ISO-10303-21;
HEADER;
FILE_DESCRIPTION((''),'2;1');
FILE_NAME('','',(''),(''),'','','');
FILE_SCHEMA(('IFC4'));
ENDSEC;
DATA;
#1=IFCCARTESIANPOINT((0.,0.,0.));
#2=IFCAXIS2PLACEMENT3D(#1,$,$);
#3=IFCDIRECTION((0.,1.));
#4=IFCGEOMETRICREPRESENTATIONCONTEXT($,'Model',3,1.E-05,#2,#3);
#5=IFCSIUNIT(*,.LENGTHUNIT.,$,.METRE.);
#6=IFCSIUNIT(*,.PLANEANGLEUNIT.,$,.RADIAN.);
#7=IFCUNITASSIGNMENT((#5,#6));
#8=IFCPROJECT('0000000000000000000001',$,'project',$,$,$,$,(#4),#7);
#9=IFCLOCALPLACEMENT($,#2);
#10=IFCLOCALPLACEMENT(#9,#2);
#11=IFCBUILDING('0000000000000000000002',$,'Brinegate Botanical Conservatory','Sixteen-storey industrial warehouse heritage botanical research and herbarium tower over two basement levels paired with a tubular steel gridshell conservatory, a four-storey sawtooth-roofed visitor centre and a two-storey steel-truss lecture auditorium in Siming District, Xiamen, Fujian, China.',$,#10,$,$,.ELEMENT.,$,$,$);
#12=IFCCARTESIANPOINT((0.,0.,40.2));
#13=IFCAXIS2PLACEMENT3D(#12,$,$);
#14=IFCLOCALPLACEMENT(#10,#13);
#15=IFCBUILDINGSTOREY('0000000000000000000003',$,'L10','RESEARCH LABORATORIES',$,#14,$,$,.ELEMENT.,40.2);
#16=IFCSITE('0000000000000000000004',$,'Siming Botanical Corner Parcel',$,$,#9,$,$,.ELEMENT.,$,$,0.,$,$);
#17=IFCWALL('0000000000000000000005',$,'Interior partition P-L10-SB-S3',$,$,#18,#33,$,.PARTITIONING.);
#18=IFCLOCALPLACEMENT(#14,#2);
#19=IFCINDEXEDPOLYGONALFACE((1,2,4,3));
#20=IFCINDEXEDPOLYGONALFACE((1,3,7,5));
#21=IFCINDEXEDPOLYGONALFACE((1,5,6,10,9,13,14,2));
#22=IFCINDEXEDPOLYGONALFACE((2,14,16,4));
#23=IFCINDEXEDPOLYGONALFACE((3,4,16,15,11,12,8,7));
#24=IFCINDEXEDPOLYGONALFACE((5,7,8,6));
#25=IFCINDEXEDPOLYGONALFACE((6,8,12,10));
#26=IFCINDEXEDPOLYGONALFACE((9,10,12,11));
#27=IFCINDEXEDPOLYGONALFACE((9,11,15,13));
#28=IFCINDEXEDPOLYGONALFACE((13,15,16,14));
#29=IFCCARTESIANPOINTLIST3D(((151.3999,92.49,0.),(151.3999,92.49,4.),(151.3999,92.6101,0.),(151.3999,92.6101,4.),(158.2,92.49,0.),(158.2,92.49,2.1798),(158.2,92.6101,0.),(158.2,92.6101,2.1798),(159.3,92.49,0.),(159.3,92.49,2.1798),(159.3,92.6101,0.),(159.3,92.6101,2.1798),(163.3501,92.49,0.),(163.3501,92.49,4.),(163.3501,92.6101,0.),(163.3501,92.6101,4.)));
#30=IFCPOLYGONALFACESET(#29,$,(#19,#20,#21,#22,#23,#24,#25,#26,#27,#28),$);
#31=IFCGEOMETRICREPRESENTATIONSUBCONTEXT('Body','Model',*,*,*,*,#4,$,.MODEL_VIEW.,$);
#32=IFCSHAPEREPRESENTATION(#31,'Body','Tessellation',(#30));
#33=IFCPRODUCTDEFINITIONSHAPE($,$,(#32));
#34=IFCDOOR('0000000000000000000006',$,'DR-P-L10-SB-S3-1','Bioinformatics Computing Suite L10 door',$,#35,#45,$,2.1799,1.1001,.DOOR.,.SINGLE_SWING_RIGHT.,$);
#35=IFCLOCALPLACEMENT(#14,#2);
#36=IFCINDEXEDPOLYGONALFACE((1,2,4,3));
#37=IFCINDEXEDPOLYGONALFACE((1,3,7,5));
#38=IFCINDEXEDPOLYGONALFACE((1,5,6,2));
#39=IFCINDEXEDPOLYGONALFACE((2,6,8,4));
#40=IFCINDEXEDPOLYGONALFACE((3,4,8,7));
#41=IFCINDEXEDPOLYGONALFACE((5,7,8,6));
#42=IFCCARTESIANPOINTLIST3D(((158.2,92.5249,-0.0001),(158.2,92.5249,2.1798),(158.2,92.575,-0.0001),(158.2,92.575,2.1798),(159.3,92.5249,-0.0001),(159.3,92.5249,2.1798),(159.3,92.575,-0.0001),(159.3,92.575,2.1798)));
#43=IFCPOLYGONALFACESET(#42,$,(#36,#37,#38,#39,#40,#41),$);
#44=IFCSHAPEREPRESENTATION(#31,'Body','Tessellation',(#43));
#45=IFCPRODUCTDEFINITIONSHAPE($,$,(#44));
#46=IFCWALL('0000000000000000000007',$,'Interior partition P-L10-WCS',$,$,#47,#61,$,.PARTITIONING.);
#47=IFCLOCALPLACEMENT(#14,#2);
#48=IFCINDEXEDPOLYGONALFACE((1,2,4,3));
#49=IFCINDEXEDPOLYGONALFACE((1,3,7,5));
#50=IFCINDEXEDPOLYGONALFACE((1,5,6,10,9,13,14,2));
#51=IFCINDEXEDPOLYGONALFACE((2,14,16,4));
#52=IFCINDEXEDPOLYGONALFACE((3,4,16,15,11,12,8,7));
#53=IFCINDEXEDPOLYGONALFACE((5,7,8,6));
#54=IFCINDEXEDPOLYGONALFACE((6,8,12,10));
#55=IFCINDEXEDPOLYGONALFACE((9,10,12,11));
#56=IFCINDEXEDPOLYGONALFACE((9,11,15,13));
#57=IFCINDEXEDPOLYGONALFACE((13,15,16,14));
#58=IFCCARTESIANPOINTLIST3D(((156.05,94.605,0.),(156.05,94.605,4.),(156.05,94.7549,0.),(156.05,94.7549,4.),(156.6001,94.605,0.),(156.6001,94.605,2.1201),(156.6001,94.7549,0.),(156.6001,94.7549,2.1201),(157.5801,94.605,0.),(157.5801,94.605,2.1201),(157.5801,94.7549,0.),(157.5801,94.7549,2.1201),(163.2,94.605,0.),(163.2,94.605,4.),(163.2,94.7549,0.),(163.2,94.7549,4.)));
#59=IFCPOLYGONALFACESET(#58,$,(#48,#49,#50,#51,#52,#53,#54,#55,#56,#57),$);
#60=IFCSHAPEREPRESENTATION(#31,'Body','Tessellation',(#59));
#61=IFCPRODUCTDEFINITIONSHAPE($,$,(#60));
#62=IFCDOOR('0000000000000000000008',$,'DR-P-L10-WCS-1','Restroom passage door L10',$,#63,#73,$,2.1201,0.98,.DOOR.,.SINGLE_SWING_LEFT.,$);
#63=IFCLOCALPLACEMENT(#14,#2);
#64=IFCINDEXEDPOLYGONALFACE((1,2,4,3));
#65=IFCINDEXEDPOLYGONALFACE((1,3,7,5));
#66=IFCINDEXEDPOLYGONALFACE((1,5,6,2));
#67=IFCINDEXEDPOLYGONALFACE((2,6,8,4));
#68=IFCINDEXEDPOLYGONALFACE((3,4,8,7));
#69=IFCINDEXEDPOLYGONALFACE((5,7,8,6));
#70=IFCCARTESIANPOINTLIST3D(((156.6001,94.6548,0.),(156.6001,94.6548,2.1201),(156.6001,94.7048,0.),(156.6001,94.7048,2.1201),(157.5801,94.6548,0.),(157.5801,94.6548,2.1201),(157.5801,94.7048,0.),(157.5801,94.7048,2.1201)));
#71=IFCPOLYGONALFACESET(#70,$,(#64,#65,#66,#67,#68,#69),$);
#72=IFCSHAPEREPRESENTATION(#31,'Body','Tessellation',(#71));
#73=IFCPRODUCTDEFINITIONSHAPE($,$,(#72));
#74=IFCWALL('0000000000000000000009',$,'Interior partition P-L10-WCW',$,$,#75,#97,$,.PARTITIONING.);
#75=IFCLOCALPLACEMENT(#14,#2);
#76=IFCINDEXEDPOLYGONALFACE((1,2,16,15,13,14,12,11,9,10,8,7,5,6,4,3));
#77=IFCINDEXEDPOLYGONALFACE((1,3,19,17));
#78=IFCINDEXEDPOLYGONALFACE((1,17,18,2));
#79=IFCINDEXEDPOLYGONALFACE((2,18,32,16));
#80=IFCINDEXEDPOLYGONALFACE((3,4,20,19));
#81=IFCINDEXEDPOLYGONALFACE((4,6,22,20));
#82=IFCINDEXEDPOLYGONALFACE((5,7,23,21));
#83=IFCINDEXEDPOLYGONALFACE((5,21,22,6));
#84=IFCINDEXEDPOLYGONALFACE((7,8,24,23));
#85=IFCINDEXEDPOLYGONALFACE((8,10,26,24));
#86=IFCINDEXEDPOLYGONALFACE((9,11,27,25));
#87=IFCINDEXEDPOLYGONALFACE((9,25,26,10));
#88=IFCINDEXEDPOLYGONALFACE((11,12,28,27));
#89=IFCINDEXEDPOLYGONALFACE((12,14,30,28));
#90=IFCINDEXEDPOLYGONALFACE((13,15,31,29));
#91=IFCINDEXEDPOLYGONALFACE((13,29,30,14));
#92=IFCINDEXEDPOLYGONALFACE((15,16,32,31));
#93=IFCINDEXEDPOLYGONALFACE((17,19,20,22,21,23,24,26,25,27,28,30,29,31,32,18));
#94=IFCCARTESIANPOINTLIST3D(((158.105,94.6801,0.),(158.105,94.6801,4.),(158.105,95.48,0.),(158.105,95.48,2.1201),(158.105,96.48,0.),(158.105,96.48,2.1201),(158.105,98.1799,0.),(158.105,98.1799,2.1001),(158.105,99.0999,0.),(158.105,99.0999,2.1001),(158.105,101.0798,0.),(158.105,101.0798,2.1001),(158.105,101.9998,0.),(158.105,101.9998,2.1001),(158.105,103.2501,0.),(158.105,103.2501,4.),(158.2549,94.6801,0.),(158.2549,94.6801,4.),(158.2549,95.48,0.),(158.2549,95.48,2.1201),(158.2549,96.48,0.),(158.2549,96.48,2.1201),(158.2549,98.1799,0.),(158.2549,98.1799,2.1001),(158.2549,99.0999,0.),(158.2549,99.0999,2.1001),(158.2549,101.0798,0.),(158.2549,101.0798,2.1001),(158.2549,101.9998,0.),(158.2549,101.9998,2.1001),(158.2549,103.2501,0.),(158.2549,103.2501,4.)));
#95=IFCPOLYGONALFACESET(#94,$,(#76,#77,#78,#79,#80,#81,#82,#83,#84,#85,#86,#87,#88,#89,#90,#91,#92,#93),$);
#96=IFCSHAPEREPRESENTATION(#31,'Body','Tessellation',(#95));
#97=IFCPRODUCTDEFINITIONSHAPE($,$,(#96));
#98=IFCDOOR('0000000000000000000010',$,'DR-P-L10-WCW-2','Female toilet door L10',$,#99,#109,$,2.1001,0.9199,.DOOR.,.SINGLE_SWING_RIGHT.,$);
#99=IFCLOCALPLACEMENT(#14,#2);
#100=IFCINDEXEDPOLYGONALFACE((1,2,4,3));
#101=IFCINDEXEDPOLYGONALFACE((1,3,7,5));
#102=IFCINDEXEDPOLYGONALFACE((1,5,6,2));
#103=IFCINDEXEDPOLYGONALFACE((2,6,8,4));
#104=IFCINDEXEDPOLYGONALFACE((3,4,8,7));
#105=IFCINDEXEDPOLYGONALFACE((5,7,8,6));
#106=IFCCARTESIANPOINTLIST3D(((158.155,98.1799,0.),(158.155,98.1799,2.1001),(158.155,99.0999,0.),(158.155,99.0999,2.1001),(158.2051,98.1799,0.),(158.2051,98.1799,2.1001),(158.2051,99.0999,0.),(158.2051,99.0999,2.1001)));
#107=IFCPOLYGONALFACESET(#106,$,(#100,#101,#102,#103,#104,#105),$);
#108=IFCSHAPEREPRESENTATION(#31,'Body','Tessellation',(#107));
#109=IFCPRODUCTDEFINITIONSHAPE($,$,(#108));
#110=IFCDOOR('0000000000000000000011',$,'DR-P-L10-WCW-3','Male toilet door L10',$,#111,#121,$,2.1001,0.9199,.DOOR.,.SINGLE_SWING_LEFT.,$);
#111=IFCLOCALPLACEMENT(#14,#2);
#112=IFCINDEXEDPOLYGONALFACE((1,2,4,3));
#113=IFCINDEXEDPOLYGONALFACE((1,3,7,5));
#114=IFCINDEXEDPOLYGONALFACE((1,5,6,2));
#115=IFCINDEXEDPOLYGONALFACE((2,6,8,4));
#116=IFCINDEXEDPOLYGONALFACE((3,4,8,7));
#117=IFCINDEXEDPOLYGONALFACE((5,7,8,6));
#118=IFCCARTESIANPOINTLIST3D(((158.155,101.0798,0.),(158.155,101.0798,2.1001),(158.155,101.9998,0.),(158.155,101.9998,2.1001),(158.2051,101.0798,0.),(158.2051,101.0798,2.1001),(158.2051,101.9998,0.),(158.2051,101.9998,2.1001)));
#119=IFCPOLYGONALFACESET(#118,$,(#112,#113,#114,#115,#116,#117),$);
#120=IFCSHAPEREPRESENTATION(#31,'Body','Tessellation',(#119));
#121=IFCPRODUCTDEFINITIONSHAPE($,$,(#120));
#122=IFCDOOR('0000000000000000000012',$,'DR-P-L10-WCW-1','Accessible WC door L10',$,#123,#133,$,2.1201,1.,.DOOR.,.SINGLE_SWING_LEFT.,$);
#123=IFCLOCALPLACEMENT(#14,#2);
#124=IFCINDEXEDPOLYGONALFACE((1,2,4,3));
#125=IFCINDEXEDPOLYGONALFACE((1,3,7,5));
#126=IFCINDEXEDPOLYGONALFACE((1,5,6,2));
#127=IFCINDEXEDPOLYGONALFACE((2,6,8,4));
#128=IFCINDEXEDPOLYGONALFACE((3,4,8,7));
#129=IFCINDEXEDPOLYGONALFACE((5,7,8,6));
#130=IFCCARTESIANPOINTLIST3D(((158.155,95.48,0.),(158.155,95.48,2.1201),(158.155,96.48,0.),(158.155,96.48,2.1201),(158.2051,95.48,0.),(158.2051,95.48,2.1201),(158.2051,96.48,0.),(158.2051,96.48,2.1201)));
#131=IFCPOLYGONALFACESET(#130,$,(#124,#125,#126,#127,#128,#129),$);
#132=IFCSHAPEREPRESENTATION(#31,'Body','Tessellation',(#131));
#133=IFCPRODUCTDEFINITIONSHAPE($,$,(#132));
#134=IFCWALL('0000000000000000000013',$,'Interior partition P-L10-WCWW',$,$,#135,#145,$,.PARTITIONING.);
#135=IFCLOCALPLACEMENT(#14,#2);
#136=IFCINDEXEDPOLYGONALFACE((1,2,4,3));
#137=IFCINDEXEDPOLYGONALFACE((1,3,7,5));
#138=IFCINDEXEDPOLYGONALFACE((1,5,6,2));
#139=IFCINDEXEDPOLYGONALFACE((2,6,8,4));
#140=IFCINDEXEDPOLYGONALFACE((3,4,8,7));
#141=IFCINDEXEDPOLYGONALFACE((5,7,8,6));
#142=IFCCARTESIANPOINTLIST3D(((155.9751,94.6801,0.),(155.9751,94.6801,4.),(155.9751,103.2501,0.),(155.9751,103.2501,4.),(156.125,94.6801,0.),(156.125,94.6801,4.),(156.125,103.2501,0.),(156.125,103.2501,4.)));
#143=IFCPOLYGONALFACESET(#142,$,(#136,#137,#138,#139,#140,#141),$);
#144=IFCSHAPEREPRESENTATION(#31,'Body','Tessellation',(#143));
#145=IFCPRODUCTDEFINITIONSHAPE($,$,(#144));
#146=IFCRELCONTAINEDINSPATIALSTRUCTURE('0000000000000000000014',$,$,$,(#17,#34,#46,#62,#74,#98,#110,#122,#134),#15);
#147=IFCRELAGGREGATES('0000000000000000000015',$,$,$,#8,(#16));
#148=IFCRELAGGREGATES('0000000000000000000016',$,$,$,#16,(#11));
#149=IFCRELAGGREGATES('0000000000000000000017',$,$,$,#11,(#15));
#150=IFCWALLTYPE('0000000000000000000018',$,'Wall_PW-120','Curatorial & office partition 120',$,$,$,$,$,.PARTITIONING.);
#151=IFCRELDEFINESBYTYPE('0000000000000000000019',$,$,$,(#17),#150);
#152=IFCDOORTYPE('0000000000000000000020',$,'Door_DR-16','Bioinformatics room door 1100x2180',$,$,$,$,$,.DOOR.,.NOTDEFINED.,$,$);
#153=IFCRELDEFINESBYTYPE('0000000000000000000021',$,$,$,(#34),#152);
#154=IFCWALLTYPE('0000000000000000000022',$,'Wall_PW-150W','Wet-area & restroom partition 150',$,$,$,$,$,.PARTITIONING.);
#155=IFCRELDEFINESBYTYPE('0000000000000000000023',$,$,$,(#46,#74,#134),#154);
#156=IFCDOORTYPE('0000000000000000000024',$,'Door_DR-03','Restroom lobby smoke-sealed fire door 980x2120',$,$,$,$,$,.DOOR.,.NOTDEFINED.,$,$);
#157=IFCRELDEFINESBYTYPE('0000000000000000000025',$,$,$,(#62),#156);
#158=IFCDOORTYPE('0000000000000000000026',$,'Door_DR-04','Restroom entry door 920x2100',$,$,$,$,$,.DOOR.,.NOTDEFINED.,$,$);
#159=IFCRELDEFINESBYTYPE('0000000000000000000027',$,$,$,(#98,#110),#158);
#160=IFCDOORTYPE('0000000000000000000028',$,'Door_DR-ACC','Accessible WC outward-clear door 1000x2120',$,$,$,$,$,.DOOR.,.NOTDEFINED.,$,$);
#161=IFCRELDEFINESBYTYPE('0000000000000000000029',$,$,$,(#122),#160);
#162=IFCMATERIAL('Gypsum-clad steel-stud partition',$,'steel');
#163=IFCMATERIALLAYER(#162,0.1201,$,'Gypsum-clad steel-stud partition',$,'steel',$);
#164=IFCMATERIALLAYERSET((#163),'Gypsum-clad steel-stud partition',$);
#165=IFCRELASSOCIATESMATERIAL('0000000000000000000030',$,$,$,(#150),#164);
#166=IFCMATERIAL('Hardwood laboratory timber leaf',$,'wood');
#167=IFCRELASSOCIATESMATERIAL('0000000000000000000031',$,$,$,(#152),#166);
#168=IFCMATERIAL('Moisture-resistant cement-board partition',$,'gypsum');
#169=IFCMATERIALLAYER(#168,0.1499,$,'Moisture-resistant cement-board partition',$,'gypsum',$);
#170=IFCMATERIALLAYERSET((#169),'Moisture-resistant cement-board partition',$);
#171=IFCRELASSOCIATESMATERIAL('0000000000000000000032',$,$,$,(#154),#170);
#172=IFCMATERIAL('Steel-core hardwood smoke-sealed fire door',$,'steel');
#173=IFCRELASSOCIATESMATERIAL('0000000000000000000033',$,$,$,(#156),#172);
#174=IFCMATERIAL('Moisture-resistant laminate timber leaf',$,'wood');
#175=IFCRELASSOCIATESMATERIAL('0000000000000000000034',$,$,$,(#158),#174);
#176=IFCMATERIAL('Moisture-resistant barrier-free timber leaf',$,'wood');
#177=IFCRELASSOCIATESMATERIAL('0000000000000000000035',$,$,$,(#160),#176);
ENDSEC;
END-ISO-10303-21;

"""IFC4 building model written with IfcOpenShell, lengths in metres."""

from ifc_helpers import new_model, si_unit, direction, frame, frame_2d, origin, place, context, subcontext, project, spatial, rectangle, extrude, material, layer, layer_set, type_object, element, fill, save


model = new_model("IFC4")

# Units and contexts
model_context = context("Model", 3, precision=1e-05, world=origin(), true_north=direction((0.0, 1.0)))
body_context = subcontext(model_context, "Body", "Model", "MODEL_VIEW")
ifc_project = project(units=[si_unit("LENGTHUNIT", "METRE"), si_unit("PLANEANGLEUNIT", "RADIAN")], contexts=[model_context])

# Site, building, storey
site_placement = place(None, origin())
site = spatial("IfcSite", under=ifc_project, at=site_placement, Name="Siming Botanical Corner Parcel", CompositionType="ELEMENT", RefElevation=0.0)
building_placement = place(site_placement, origin())
building = spatial("IfcBuilding", under=site, at=building_placement, Name="Brinegate Botanical Conservatory", Description="Sixteen-storey industrial warehouse heritage botanical research and herbarium tower over two basement levels paired with a tubular steel gridshell conservatory, a four-storey sawtooth-roofed visitor centre and a two-storey steel-truss lecture auditorium in Siming District, Xiamen, Fujian, China.", CompositionType="ELEMENT")
storey_placement = place(building_placement, frame((0.0, 0.0, 40.2)))
storey = spatial("IfcBuildingStorey", under=building, at=storey_placement, Name="L10", Description="RESEARCH LABORATORIES", CompositionType="ELEMENT", Elevation=40.2)

# Walls, openings, doors
ifc_material_1 = material(Name="Gypsum-clad steel-stud partition", Category="steel")
ifc_layer_1 = layer(ifc_material_1, 0.1201, Name="Gypsum-clad steel-stud partition", Category="steel")
ifc_layer_set_1 = layer_set([ifc_layer_1], Name="Gypsum-clad steel-stud partition")
wall_type_1 = type_object("IfcWallType", Name="Wall_PW-120", Description="Curatorial & office partition 120", PredefinedType="PARTITIONING", material=ifc_layer_set_1)
wall_1_placement = place(storey_placement, frame((151.3999, 92.55, 0.0), z_axis=(0.0, 0.0, 1.0), x_axis=(1.0, 0.0, 0.0)))
wall_1 = element("IfcWall", 1, at=wall_1_placement, inside=storey, type_object=wall_type_1, Name="Interior partition P-L10-SB-S3", PredefinedType="PARTITIONING", context=body_context, shape_type="SweptSolid", body=[
    extrude(rectangle(XDim=11.9502, YDim=0.1201, at=frame_2d((5.9751, 0.0))), origin(), (0.0, 0.0, 1.0), 4.0),
])
opening_1_placement = place(wall_1_placement, frame((6.8, 0.0, 0.0)))
opening_1 = element("IfcOpeningElement", 2, at=opening_1_placement, cuts=wall_1, PredefinedType="OPENING", context=body_context, shape_type="SweptSolid", body=[
    extrude(rectangle(XDim=1.1001, YDim=2.1799, at=frame_2d((0.55, 1.0898))), frame((0.0, 0.0701, 0.0), z_axis=(0.0, -1.0, 0.0), x_axis=(1.0, 0.0, 0.0)), (0.0, 0.0, 1.0), 0.1401),
])
ifc_material_2 = material(Name="Hardwood laboratory timber leaf", Category="wood")
door_type_1 = type_object("IfcDoorType", Name="Door_DR-16", Description="Bioinformatics room door 1100x2180", OperationType="NOTDEFINED", PredefinedType="DOOR", material=ifc_material_2)
door_1_placement = place(opening_1_placement, origin())
door_1 = element("IfcDoor", 3, at=door_1_placement, inside=storey, type_object=door_type_1, Name="DR-P-L10-SB-S3-1", Description="Bioinformatics Computing Suite L10 door", OperationType="SINGLE_SWING_RIGHT", OverallHeight=2.1799, OverallWidth=1.1001, PredefinedType="DOOR", context=body_context, shape_type="SweptSolid", body=[
    extrude(rectangle(XDim=1.1001, YDim=2.1799, at=frame_2d((0.55, 1.0898))), frame((0.0, 0.0249, 0.0), z_axis=(0.0, -1.0, 0.0), x_axis=(1.0, 0.0, 0.0)), (0.0, 0.0, 1.0), 0.05),
])
fill(opening_1, door_1)
ifc_material_3 = material(Name="Moisture-resistant cement-board partition", Category="gypsum")
ifc_layer_2 = layer(ifc_material_3, 0.1499, Name="Moisture-resistant cement-board partition", Category="gypsum")
ifc_layer_set_2 = layer_set([ifc_layer_2], Name="Moisture-resistant cement-board partition")
wall_type_2 = type_object("IfcWallType", Name="Wall_PW-150W", Description="Wet-area & restroom partition 150", PredefinedType="PARTITIONING", material=ifc_layer_set_2)
wall_2_placement = place(storey_placement, frame((156.05, 94.6799, 0.0), z_axis=(0.0, 0.0, 1.0), x_axis=(1.0, 0.0, 0.0)))
wall_2 = element("IfcWall", 4, at=wall_2_placement, inside=storey, type_object=wall_type_2, Name="Interior partition P-L10-WCS", PredefinedType="PARTITIONING", context=body_context, shape_type="SweptSolid", body=[
    extrude(rectangle(XDim=7.1499, YDim=0.1499, at=frame_2d((3.575, 0.0))), origin(), (0.0, 0.0, 1.0), 4.0),
])
opening_2_placement = place(wall_2_placement, frame((0.55, 0.0, 0.0)))
opening_2 = element("IfcOpeningElement", 5, at=opening_2_placement, cuts=wall_2, PredefinedType="OPENING", context=body_context, shape_type="SweptSolid", body=[
    extrude(rectangle(XDim=0.98, YDim=2.1201, at=frame_2d((0.49, 1.0601))), frame((0.0, 0.085, 0.0), z_axis=(0.0, -1.0, 0.0), x_axis=(1.0, 0.0, 0.0)), (0.0, 0.0, 1.0), 0.1699),
])
ifc_material_4 = material(Name="Steel-core hardwood smoke-sealed fire door", Category="steel")
door_type_2 = type_object("IfcDoorType", Name="Door_DR-03", Description="Restroom lobby smoke-sealed fire door 980x2120", OperationType="NOTDEFINED", PredefinedType="DOOR", material=ifc_material_4)
door_2_placement = place(opening_2_placement, origin())
door_2 = element("IfcDoor", 6, at=door_2_placement, inside=storey, type_object=door_type_2, Name="DR-P-L10-WCS-1", Description="Restroom passage door L10", OperationType="SINGLE_SWING_LEFT", OverallHeight=2.1201, OverallWidth=0.98, PredefinedType="DOOR", context=body_context, shape_type="SweptSolid", body=[
    extrude(rectangle(XDim=0.98, YDim=2.1201, at=frame_2d((0.49, 1.0601))), frame((0.0, 0.0249, 0.0), z_axis=(0.0, -1.0, 0.0), x_axis=(1.0, 0.0, 0.0)), (0.0, 0.0, 1.0), 0.05),
])
fill(opening_2, door_2)

# Wall, openings, doors
wall_3_placement = place(storey_placement, frame((158.1799, 94.6799, 0.0), z_axis=(0.0, 0.0, 1.0), x_axis=(0.0, 1.0, 0.0)))
wall_3 = element("IfcWall", 7, at=wall_3_placement, inside=storey, type_object=wall_type_2, Name="Interior partition P-L10-WCW", PredefinedType="PARTITIONING", context=body_context, shape_type="SweptSolid", body=[
    extrude(rectangle(XDim=8.5701, YDim=0.1499, at=frame_2d((4.2852, 0.0))), origin(), (0.0, 0.0, 1.0), 4.0),
])
opening_3_placement = place(wall_3_placement, frame((0.8, 0.0, 0.0)))
opening_3 = element("IfcOpeningElement", 8, at=opening_3_placement, cuts=wall_3, PredefinedType="OPENING", context=body_context, shape_type="SweptSolid", body=[
    extrude(rectangle(XDim=1.0, YDim=2.1201, at=frame_2d((0.5, 1.0601))), frame((0.0, 0.085, 0.0), z_axis=(0.0, -1.0, 0.0), x_axis=(1.0, 0.0, 0.0)), (0.0, 0.0, 1.0), 0.1699),
])
opening_4_placement = place(wall_3_placement, frame((3.5, 0.0, 0.0)))
opening_4 = element("IfcOpeningElement", 9, at=opening_4_placement, cuts=wall_3, PredefinedType="OPENING", context=body_context, shape_type="SweptSolid", body=[
    extrude(rectangle(XDim=0.9199, YDim=2.1001, at=frame_2d((0.46, 1.05))), frame((0.0, 0.085, 0.0), z_axis=(0.0, -1.0, 0.0), x_axis=(1.0, 0.0, 0.0)), (0.0, 0.0, 1.0), 0.1699),
])
opening_5_placement = place(wall_3_placement, frame((6.3999, 0.0, 0.0)))
opening_5 = element("IfcOpeningElement", 10, at=opening_5_placement, cuts=wall_3, PredefinedType="OPENING", context=body_context, shape_type="SweptSolid", body=[
    extrude(rectangle(XDim=0.9199, YDim=2.1001, at=frame_2d((0.46, 1.05))), frame((0.0, 0.085, 0.0), z_axis=(0.0, -1.0, 0.0), x_axis=(1.0, 0.0, 0.0)), (0.0, 0.0, 1.0), 0.1699),
])
ifc_material_5 = material(Name="Moisture-resistant laminate timber leaf", Category="wood")
door_type_3 = type_object("IfcDoorType", Name="Door_DR-04", Description="Restroom entry door 920x2100", OperationType="NOTDEFINED", PredefinedType="DOOR", material=ifc_material_5)
door_3_placement = place(opening_4_placement, origin())
door_3 = element("IfcDoor", 11, at=door_3_placement, inside=storey, type_object=door_type_3, Name="DR-P-L10-WCW-2", Description="Female toilet door L10", OperationType="SINGLE_SWING_RIGHT", OverallHeight=2.1001, OverallWidth=0.9199, PredefinedType="DOOR", context=body_context, shape_type="SweptSolid", body=[
    extrude(rectangle(XDim=0.9199, YDim=2.1001, at=frame_2d((0.46, 1.05))), frame((0.0, 0.0249, 0.0), z_axis=(0.0, -1.0, 0.0), x_axis=(1.0, 0.0, 0.0)), (0.0, 0.0, 1.0), 0.05),
])
fill(opening_4, door_3)
door_4_placement = place(opening_5_placement, origin())
door_4 = element("IfcDoor", 12, at=door_4_placement, inside=storey, type_object=door_type_3, Name="DR-P-L10-WCW-3", Description="Male toilet door L10", OperationType="SINGLE_SWING_LEFT", OverallHeight=2.1001, OverallWidth=0.9199, PredefinedType="DOOR", context=body_context, shape_type="SweptSolid", body=[
    extrude(rectangle(XDim=0.9199, YDim=2.1001, at=frame_2d((0.46, 1.05))), frame((0.0, 0.0249, 0.0), z_axis=(0.0, -1.0, 0.0), x_axis=(1.0, 0.0, 0.0)), (0.0, 0.0, 1.0), 0.05),
])
fill(opening_5, door_4)
ifc_material_6 = material(Name="Moisture-resistant barrier-free timber leaf", Category="wood")
door_type_4 = type_object("IfcDoorType", Name="Door_DR-ACC", Description="Accessible WC outward-clear door 1000x2120", OperationType="NOTDEFINED", PredefinedType="DOOR", material=ifc_material_6)
door_5_placement = place(opening_3_placement, origin())
door_5 = element("IfcDoor", 13, at=door_5_placement, inside=storey, type_object=door_type_4, Name="DR-P-L10-WCW-1", Description="Accessible WC door L10", OperationType="SINGLE_SWING_LEFT", OverallHeight=2.1201, OverallWidth=1.0, PredefinedType="DOOR", context=body_context, shape_type="SweptSolid", body=[
    extrude(rectangle(XDim=1.0, YDim=2.1201, at=frame_2d((0.5, 1.0601))), frame((0.0, 0.0249, 0.0), z_axis=(0.0, -1.0, 0.0), x_axis=(1.0, 0.0, 0.0)), (0.0, 0.0, 1.0), 0.05),
])
fill(opening_3, door_5)

# Wall
wall_4_placement = place(storey_placement, frame((156.05, 94.6799, 0.0), z_axis=(0.0, 0.0, 1.0), x_axis=(0.0, 1.0, 0.0)))
element("IfcWall", 14, at=wall_4_placement, inside=storey, type_object=wall_type_2, Name="Interior partition P-L10-WCWW", PredefinedType="PARTITIONING", context=body_context, shape_type="SweptSolid", body=[
    extrude(rectangle(XDim=8.5701, YDim=0.1499, at=frame_2d((4.2852, 0.0))), origin(), (0.0, 0.0, 1.0), 4.0),
])

save(model, "model.ifc")
